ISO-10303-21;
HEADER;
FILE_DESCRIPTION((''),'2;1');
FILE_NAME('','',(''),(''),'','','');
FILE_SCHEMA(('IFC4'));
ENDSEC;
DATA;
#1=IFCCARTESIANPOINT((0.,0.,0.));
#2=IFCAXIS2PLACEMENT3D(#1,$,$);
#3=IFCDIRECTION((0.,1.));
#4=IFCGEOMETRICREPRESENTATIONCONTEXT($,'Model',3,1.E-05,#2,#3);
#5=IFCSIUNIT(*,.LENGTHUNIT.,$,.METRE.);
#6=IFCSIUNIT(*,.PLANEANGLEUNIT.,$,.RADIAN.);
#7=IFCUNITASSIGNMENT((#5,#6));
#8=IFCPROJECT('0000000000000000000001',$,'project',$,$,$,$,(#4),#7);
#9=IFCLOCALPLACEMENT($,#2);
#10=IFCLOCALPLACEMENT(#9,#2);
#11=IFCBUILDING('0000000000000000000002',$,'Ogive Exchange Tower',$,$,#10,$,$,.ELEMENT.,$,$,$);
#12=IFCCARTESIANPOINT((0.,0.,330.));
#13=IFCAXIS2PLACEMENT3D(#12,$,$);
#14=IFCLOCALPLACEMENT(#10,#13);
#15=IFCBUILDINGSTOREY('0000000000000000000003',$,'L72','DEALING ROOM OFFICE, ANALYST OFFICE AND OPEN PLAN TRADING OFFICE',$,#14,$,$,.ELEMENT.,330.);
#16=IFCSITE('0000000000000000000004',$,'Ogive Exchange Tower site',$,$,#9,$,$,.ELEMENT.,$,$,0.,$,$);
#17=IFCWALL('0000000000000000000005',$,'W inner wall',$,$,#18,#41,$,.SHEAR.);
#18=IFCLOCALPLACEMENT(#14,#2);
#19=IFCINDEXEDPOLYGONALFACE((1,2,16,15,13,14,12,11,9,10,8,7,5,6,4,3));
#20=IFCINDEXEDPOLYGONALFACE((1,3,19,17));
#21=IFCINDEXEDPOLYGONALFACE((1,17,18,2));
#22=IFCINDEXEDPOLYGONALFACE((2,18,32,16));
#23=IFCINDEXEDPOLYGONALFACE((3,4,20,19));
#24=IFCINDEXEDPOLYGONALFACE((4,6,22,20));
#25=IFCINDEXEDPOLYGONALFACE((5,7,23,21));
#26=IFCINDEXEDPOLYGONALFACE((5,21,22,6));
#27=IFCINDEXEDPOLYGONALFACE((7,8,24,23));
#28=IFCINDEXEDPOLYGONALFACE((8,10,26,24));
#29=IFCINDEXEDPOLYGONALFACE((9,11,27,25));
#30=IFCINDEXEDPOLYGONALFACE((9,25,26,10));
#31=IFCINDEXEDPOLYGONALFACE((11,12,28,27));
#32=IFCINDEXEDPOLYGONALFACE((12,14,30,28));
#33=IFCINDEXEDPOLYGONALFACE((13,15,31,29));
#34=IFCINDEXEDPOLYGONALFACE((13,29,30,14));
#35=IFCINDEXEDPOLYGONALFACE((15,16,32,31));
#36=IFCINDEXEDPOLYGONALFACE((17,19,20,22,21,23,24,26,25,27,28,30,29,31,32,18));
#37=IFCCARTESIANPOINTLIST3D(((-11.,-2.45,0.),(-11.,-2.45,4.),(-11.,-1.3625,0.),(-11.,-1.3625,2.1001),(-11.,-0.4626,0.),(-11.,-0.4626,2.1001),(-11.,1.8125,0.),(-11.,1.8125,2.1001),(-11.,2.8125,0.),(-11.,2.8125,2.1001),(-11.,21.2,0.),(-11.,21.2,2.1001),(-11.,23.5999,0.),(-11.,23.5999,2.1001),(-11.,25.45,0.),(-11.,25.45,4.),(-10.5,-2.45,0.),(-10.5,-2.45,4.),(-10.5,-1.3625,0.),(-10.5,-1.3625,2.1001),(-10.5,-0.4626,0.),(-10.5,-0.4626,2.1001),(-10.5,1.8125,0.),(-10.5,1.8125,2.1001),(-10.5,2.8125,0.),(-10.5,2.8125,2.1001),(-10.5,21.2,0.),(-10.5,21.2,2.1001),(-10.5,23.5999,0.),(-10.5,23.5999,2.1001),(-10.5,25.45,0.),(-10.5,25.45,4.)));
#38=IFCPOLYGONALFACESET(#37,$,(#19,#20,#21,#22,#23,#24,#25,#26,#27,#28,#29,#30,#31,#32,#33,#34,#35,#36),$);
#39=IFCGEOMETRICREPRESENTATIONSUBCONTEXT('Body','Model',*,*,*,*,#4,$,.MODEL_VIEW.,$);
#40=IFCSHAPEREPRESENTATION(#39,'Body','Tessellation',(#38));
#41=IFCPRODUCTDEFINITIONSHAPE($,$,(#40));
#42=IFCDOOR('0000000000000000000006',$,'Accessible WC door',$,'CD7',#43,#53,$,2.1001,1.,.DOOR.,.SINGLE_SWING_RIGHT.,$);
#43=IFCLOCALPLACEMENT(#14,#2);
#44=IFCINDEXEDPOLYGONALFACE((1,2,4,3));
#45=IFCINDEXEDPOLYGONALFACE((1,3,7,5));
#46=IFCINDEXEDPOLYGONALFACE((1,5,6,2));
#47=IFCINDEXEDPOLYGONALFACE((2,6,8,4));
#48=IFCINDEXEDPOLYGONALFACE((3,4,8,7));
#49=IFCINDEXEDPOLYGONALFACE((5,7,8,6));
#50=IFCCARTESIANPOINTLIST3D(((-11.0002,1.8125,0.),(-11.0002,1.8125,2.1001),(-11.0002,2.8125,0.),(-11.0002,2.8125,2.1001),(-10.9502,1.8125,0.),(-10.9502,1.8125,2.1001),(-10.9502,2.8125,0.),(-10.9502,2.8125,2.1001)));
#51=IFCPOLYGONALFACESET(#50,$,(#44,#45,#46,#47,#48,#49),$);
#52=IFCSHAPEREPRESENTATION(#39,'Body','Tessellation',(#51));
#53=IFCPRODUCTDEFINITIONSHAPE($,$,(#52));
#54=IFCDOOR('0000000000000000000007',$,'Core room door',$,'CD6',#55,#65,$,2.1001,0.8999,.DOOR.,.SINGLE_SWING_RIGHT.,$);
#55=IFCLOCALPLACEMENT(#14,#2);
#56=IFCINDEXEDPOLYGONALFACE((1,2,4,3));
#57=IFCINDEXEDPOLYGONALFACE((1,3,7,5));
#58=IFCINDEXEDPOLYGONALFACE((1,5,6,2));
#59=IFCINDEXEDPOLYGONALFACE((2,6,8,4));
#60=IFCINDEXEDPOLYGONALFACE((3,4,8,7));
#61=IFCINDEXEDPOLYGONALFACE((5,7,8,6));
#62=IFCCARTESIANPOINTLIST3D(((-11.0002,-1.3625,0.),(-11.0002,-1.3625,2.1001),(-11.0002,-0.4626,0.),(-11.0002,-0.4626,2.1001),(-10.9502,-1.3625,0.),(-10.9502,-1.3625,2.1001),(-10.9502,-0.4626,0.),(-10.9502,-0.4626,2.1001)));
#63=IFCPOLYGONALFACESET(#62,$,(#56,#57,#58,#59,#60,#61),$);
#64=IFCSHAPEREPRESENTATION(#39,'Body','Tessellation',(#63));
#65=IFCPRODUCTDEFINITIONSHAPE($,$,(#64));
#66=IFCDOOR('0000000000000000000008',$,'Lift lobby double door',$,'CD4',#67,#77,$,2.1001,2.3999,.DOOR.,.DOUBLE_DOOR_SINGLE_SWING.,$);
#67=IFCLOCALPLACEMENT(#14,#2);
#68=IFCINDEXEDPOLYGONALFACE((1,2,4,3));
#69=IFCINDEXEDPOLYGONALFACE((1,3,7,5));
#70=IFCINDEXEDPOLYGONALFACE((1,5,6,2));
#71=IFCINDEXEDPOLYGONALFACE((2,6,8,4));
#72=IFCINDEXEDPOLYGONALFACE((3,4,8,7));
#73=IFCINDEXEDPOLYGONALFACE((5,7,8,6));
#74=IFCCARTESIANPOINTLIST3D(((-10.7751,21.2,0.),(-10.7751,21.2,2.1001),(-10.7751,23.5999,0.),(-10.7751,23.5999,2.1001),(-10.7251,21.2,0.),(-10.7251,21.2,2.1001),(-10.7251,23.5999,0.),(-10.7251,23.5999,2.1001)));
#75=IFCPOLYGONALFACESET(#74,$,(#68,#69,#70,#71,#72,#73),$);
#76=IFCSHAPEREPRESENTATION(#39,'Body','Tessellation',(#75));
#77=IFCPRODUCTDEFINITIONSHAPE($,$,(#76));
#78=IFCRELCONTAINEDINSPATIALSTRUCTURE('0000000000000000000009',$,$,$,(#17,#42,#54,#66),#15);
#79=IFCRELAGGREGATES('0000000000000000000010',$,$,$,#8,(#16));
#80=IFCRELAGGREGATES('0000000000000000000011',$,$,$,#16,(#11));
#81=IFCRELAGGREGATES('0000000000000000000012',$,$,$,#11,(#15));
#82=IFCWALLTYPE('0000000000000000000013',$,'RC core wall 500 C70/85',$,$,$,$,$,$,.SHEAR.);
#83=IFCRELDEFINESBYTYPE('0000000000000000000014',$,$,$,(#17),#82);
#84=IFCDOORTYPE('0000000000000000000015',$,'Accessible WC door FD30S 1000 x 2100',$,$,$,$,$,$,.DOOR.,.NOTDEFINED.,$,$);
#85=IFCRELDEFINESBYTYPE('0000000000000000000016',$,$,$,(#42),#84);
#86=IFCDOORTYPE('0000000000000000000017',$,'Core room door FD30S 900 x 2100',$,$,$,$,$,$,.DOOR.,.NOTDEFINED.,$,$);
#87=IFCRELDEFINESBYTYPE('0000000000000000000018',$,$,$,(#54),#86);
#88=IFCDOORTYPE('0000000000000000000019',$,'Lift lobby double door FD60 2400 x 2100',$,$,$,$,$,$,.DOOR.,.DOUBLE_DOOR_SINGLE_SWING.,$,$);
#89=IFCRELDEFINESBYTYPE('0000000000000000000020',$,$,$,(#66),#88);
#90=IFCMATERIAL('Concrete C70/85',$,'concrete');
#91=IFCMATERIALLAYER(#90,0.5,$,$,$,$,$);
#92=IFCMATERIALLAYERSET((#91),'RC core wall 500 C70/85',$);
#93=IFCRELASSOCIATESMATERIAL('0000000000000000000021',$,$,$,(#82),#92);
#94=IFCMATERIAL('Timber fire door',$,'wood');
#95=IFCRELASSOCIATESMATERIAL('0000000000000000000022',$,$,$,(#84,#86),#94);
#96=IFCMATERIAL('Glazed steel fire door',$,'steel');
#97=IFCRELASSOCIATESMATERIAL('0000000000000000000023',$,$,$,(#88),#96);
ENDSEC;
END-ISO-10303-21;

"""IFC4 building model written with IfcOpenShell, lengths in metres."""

from ifc_helpers import new_model, si_unit, direction, frame, frame_2d, origin, place, context, subcontext, project, spatial, rectangle, extrude, material, layer, layer_set, type_object, element, fill, save


model = new_model("IFC4")

# Units and contexts
model_context = context("Model", 3, precision=1e-05, world=origin(), true_north=direction((0.0, 1.0)))
body_context = subcontext(model_context, "Body", "Model", "MODEL_VIEW")
ifc_project = project(units=[si_unit("LENGTHUNIT", "METRE"), si_unit("PLANEANGLEUNIT", "RADIAN")], contexts=[model_context])

# Site, building, storey
site_placement = place(None, origin())
site = spatial("IfcSite", under=ifc_project, at=site_placement, Name="Ogive Exchange Tower site", CompositionType="ELEMENT", RefElevation=0.0)
building_placement = place(site_placement, origin())
building = spatial("IfcBuilding", under=site, at=building_placement, Name="Ogive Exchange Tower", CompositionType="ELEMENT")
storey_placement = place(building_placement, frame((0.0, 0.0, 330.0)))
storey = spatial("IfcBuildingStorey", under=building, at=storey_placement, Name="L72", Description="DEALING ROOM OFFICE, ANALYST OFFICE AND OPEN PLAN TRADING OFFICE", CompositionType="ELEMENT", Elevation=330.0)

# Shared definitions
ifc_material_1 = material(Name="Concrete C70/85", Category="concrete")

# Wall, openings, doors
ifc_layer_1 = layer(ifc_material_1, 0.5)
ifc_layer_set_1 = layer_set([ifc_layer_1], Name="RC core wall 500 C70/85")
wall_type_1 = type_object("IfcWallType", Name="RC core wall 500 C70/85", PredefinedType="SHEAR", material=ifc_layer_set_1)
wall_1_placement = place(storey_placement, frame((-10.75, -2.45, 0.0), z_axis=(0.0, 0.0, 1.0), x_axis=(0.0, 1.0, 0.0)))
wall_1 = element("IfcWall", 1, at=wall_1_placement, inside=storey, type_object=wall_type_1, Name="W inner wall", PredefinedType="SHEAR", context=body_context, shape_type="SweptSolid", body=[
    extrude(rectangle(XDim=27.8999, YDim=0.5, at=frame_2d((13.95, 0.0))), origin(), (0.0, 0.0, 1.0), 4.0),
])
opening_1_placement = place(wall_1_placement, frame((23.6499, 0.0, 0.0)))
opening_1 = element("IfcOpeningElement", 2, at=opening_1_placement, cuts=wall_1, PredefinedType="OPENING", context=body_context, shape_type="SweptSolid", body=[
    extrude(rectangle(XDim=2.3999, YDim=2.1001, at=frame_2d((1.2, 1.05))), frame((0.0, 0.26, 0.0), z_axis=(0.0, -1.0, 0.0), x_axis=(1.0, 0.0, 0.0)), (0.0, 0.0, 1.0), 0.52),
])
opening_2_placement = place(wall_1_placement, frame((1.0874, 0.0, 0.0)))
opening_2 = element("IfcOpeningElement", 3, at=opening_2_placement, cuts=wall_1, PredefinedType="OPENING", context=body_context, shape_type="SweptSolid", body=[
    extrude(rectangle(XDim=0.8999, YDim=2.1001, at=frame_2d((0.45, 1.05))), frame((0.0, 0.26, 0.0), z_axis=(0.0, -1.0, 0.0), x_axis=(1.0, 0.0, 0.0)), (0.0, 0.0, 1.0), 0.52),
])
opening_3_placement = place(wall_1_placement, frame((4.2625, 0.0, 0.0)))
opening_3 = element("IfcOpeningElement", 4, at=opening_3_placement, cuts=wall_1, PredefinedType="OPENING", context=body_context, shape_type="SweptSolid", body=[
    extrude(rectangle(XDim=1.0, YDim=2.1001, at=frame_2d((0.5, 1.05))), frame((0.0, 0.26, 0.0), z_axis=(0.0, -1.0, 0.0), x_axis=(1.0, 0.0, 0.0)), (0.0, 0.0, 1.0), 0.52),
])
ifc_material_2 = material(Name="Timber fire door", Category="wood")
door_type_1 = type_object("IfcDoorType", Name="Accessible WC door FD30S 1000 x 2100", OperationType="NOTDEFINED", PredefinedType="DOOR", material=ifc_material_2)
door_1_placement = place(opening_3_placement, frame((1.0, 0.4502, 0.0), z_axis=(0.0, 0.0, 1.0), x_axis=(-1.0, 0.0, 0.0)))
door_1 = element("IfcDoor", 5, at=door_1_placement, inside=storey, type_object=door_type_1, Name="Accessible WC door", ObjectType="CD7", OperationType="SINGLE_SWING_RIGHT", OverallHeight=2.1001, OverallWidth=1.0, PredefinedType="DOOR", context=body_context, shape_type="SweptSolid", body=[
    extrude(rectangle(XDim=1.0, YDim=2.1001, at=frame_2d((0.5, 1.05))), frame((0.0, 0.25, 0.0), z_axis=(0.0, -1.0, 0.0), x_axis=(1.0, 0.0, 0.0)), (0.0, 0.0, 1.0), 0.05),
])
fill(opening_3, door_1)
door_type_2 = type_object("IfcDoorType", Name="Core room door FD30S 900 x 2100", OperationType="NOTDEFINED", PredefinedType="DOOR", material=ifc_material_2)
door_2_placement = place(opening_2_placement, frame((0.8999, 0.4502, 0.0), z_axis=(0.0, 0.0, 1.0), x_axis=(-1.0, 0.0, 0.0)))
door_2 = element("IfcDoor", 6, at=door_2_placement, inside=storey, type_object=door_type_2, Name="Core room door", ObjectType="CD6", OperationType="SINGLE_SWING_RIGHT", OverallHeight=2.1001, OverallWidth=0.8999, PredefinedType="DOOR", context=body_context, shape_type="SweptSolid", body=[
    extrude(rectangle(XDim=0.8999, YDim=2.1001, at=frame_2d((0.45, 1.05))), frame((0.0, 0.25, 0.0), z_axis=(0.0, -1.0, 0.0), x_axis=(1.0, 0.0, 0.0)), (0.0, 0.0, 1.0), 0.05),
])
fill(opening_2, door_2)
ifc_material_3 = material(Name="Glazed steel fire door", Category="steel")
door_type_3 = type_object("IfcDoorType", Name="Lift lobby double door FD60 2400 x 2100", OperationType="DOUBLE_DOOR_SINGLE_SWING", PredefinedType="DOOR", material=ifc_material_3)
door_3_placement = place(opening_1_placement, frame((2.3999, 0.0, 0.0), z_axis=(0.0, 0.0, 1.0), x_axis=(-1.0, 0.0, 0.0)))
door_3 = element("IfcDoor", 7, at=door_3_placement, inside=storey, type_object=door_type_3, Name="Lift lobby double door", ObjectType="CD4", OperationType="DOUBLE_DOOR_SINGLE_SWING", OverallHeight=2.1001, OverallWidth=2.3999, PredefinedType="DOOR", context=body_context, shape_type="SweptSolid", body=[
    extrude(rectangle(XDim=2.3999, YDim=2.1001, at=frame_2d((1.2, 1.05))), frame((0.0, 0.0249, 0.0), z_axis=(0.0, -1.0, 0.0), x_axis=(1.0, 0.0, 0.0)), (0.0, 0.0, 1.0), 0.05),
])
fill(opening_1, door_3)

save(model, "model.ifc")
